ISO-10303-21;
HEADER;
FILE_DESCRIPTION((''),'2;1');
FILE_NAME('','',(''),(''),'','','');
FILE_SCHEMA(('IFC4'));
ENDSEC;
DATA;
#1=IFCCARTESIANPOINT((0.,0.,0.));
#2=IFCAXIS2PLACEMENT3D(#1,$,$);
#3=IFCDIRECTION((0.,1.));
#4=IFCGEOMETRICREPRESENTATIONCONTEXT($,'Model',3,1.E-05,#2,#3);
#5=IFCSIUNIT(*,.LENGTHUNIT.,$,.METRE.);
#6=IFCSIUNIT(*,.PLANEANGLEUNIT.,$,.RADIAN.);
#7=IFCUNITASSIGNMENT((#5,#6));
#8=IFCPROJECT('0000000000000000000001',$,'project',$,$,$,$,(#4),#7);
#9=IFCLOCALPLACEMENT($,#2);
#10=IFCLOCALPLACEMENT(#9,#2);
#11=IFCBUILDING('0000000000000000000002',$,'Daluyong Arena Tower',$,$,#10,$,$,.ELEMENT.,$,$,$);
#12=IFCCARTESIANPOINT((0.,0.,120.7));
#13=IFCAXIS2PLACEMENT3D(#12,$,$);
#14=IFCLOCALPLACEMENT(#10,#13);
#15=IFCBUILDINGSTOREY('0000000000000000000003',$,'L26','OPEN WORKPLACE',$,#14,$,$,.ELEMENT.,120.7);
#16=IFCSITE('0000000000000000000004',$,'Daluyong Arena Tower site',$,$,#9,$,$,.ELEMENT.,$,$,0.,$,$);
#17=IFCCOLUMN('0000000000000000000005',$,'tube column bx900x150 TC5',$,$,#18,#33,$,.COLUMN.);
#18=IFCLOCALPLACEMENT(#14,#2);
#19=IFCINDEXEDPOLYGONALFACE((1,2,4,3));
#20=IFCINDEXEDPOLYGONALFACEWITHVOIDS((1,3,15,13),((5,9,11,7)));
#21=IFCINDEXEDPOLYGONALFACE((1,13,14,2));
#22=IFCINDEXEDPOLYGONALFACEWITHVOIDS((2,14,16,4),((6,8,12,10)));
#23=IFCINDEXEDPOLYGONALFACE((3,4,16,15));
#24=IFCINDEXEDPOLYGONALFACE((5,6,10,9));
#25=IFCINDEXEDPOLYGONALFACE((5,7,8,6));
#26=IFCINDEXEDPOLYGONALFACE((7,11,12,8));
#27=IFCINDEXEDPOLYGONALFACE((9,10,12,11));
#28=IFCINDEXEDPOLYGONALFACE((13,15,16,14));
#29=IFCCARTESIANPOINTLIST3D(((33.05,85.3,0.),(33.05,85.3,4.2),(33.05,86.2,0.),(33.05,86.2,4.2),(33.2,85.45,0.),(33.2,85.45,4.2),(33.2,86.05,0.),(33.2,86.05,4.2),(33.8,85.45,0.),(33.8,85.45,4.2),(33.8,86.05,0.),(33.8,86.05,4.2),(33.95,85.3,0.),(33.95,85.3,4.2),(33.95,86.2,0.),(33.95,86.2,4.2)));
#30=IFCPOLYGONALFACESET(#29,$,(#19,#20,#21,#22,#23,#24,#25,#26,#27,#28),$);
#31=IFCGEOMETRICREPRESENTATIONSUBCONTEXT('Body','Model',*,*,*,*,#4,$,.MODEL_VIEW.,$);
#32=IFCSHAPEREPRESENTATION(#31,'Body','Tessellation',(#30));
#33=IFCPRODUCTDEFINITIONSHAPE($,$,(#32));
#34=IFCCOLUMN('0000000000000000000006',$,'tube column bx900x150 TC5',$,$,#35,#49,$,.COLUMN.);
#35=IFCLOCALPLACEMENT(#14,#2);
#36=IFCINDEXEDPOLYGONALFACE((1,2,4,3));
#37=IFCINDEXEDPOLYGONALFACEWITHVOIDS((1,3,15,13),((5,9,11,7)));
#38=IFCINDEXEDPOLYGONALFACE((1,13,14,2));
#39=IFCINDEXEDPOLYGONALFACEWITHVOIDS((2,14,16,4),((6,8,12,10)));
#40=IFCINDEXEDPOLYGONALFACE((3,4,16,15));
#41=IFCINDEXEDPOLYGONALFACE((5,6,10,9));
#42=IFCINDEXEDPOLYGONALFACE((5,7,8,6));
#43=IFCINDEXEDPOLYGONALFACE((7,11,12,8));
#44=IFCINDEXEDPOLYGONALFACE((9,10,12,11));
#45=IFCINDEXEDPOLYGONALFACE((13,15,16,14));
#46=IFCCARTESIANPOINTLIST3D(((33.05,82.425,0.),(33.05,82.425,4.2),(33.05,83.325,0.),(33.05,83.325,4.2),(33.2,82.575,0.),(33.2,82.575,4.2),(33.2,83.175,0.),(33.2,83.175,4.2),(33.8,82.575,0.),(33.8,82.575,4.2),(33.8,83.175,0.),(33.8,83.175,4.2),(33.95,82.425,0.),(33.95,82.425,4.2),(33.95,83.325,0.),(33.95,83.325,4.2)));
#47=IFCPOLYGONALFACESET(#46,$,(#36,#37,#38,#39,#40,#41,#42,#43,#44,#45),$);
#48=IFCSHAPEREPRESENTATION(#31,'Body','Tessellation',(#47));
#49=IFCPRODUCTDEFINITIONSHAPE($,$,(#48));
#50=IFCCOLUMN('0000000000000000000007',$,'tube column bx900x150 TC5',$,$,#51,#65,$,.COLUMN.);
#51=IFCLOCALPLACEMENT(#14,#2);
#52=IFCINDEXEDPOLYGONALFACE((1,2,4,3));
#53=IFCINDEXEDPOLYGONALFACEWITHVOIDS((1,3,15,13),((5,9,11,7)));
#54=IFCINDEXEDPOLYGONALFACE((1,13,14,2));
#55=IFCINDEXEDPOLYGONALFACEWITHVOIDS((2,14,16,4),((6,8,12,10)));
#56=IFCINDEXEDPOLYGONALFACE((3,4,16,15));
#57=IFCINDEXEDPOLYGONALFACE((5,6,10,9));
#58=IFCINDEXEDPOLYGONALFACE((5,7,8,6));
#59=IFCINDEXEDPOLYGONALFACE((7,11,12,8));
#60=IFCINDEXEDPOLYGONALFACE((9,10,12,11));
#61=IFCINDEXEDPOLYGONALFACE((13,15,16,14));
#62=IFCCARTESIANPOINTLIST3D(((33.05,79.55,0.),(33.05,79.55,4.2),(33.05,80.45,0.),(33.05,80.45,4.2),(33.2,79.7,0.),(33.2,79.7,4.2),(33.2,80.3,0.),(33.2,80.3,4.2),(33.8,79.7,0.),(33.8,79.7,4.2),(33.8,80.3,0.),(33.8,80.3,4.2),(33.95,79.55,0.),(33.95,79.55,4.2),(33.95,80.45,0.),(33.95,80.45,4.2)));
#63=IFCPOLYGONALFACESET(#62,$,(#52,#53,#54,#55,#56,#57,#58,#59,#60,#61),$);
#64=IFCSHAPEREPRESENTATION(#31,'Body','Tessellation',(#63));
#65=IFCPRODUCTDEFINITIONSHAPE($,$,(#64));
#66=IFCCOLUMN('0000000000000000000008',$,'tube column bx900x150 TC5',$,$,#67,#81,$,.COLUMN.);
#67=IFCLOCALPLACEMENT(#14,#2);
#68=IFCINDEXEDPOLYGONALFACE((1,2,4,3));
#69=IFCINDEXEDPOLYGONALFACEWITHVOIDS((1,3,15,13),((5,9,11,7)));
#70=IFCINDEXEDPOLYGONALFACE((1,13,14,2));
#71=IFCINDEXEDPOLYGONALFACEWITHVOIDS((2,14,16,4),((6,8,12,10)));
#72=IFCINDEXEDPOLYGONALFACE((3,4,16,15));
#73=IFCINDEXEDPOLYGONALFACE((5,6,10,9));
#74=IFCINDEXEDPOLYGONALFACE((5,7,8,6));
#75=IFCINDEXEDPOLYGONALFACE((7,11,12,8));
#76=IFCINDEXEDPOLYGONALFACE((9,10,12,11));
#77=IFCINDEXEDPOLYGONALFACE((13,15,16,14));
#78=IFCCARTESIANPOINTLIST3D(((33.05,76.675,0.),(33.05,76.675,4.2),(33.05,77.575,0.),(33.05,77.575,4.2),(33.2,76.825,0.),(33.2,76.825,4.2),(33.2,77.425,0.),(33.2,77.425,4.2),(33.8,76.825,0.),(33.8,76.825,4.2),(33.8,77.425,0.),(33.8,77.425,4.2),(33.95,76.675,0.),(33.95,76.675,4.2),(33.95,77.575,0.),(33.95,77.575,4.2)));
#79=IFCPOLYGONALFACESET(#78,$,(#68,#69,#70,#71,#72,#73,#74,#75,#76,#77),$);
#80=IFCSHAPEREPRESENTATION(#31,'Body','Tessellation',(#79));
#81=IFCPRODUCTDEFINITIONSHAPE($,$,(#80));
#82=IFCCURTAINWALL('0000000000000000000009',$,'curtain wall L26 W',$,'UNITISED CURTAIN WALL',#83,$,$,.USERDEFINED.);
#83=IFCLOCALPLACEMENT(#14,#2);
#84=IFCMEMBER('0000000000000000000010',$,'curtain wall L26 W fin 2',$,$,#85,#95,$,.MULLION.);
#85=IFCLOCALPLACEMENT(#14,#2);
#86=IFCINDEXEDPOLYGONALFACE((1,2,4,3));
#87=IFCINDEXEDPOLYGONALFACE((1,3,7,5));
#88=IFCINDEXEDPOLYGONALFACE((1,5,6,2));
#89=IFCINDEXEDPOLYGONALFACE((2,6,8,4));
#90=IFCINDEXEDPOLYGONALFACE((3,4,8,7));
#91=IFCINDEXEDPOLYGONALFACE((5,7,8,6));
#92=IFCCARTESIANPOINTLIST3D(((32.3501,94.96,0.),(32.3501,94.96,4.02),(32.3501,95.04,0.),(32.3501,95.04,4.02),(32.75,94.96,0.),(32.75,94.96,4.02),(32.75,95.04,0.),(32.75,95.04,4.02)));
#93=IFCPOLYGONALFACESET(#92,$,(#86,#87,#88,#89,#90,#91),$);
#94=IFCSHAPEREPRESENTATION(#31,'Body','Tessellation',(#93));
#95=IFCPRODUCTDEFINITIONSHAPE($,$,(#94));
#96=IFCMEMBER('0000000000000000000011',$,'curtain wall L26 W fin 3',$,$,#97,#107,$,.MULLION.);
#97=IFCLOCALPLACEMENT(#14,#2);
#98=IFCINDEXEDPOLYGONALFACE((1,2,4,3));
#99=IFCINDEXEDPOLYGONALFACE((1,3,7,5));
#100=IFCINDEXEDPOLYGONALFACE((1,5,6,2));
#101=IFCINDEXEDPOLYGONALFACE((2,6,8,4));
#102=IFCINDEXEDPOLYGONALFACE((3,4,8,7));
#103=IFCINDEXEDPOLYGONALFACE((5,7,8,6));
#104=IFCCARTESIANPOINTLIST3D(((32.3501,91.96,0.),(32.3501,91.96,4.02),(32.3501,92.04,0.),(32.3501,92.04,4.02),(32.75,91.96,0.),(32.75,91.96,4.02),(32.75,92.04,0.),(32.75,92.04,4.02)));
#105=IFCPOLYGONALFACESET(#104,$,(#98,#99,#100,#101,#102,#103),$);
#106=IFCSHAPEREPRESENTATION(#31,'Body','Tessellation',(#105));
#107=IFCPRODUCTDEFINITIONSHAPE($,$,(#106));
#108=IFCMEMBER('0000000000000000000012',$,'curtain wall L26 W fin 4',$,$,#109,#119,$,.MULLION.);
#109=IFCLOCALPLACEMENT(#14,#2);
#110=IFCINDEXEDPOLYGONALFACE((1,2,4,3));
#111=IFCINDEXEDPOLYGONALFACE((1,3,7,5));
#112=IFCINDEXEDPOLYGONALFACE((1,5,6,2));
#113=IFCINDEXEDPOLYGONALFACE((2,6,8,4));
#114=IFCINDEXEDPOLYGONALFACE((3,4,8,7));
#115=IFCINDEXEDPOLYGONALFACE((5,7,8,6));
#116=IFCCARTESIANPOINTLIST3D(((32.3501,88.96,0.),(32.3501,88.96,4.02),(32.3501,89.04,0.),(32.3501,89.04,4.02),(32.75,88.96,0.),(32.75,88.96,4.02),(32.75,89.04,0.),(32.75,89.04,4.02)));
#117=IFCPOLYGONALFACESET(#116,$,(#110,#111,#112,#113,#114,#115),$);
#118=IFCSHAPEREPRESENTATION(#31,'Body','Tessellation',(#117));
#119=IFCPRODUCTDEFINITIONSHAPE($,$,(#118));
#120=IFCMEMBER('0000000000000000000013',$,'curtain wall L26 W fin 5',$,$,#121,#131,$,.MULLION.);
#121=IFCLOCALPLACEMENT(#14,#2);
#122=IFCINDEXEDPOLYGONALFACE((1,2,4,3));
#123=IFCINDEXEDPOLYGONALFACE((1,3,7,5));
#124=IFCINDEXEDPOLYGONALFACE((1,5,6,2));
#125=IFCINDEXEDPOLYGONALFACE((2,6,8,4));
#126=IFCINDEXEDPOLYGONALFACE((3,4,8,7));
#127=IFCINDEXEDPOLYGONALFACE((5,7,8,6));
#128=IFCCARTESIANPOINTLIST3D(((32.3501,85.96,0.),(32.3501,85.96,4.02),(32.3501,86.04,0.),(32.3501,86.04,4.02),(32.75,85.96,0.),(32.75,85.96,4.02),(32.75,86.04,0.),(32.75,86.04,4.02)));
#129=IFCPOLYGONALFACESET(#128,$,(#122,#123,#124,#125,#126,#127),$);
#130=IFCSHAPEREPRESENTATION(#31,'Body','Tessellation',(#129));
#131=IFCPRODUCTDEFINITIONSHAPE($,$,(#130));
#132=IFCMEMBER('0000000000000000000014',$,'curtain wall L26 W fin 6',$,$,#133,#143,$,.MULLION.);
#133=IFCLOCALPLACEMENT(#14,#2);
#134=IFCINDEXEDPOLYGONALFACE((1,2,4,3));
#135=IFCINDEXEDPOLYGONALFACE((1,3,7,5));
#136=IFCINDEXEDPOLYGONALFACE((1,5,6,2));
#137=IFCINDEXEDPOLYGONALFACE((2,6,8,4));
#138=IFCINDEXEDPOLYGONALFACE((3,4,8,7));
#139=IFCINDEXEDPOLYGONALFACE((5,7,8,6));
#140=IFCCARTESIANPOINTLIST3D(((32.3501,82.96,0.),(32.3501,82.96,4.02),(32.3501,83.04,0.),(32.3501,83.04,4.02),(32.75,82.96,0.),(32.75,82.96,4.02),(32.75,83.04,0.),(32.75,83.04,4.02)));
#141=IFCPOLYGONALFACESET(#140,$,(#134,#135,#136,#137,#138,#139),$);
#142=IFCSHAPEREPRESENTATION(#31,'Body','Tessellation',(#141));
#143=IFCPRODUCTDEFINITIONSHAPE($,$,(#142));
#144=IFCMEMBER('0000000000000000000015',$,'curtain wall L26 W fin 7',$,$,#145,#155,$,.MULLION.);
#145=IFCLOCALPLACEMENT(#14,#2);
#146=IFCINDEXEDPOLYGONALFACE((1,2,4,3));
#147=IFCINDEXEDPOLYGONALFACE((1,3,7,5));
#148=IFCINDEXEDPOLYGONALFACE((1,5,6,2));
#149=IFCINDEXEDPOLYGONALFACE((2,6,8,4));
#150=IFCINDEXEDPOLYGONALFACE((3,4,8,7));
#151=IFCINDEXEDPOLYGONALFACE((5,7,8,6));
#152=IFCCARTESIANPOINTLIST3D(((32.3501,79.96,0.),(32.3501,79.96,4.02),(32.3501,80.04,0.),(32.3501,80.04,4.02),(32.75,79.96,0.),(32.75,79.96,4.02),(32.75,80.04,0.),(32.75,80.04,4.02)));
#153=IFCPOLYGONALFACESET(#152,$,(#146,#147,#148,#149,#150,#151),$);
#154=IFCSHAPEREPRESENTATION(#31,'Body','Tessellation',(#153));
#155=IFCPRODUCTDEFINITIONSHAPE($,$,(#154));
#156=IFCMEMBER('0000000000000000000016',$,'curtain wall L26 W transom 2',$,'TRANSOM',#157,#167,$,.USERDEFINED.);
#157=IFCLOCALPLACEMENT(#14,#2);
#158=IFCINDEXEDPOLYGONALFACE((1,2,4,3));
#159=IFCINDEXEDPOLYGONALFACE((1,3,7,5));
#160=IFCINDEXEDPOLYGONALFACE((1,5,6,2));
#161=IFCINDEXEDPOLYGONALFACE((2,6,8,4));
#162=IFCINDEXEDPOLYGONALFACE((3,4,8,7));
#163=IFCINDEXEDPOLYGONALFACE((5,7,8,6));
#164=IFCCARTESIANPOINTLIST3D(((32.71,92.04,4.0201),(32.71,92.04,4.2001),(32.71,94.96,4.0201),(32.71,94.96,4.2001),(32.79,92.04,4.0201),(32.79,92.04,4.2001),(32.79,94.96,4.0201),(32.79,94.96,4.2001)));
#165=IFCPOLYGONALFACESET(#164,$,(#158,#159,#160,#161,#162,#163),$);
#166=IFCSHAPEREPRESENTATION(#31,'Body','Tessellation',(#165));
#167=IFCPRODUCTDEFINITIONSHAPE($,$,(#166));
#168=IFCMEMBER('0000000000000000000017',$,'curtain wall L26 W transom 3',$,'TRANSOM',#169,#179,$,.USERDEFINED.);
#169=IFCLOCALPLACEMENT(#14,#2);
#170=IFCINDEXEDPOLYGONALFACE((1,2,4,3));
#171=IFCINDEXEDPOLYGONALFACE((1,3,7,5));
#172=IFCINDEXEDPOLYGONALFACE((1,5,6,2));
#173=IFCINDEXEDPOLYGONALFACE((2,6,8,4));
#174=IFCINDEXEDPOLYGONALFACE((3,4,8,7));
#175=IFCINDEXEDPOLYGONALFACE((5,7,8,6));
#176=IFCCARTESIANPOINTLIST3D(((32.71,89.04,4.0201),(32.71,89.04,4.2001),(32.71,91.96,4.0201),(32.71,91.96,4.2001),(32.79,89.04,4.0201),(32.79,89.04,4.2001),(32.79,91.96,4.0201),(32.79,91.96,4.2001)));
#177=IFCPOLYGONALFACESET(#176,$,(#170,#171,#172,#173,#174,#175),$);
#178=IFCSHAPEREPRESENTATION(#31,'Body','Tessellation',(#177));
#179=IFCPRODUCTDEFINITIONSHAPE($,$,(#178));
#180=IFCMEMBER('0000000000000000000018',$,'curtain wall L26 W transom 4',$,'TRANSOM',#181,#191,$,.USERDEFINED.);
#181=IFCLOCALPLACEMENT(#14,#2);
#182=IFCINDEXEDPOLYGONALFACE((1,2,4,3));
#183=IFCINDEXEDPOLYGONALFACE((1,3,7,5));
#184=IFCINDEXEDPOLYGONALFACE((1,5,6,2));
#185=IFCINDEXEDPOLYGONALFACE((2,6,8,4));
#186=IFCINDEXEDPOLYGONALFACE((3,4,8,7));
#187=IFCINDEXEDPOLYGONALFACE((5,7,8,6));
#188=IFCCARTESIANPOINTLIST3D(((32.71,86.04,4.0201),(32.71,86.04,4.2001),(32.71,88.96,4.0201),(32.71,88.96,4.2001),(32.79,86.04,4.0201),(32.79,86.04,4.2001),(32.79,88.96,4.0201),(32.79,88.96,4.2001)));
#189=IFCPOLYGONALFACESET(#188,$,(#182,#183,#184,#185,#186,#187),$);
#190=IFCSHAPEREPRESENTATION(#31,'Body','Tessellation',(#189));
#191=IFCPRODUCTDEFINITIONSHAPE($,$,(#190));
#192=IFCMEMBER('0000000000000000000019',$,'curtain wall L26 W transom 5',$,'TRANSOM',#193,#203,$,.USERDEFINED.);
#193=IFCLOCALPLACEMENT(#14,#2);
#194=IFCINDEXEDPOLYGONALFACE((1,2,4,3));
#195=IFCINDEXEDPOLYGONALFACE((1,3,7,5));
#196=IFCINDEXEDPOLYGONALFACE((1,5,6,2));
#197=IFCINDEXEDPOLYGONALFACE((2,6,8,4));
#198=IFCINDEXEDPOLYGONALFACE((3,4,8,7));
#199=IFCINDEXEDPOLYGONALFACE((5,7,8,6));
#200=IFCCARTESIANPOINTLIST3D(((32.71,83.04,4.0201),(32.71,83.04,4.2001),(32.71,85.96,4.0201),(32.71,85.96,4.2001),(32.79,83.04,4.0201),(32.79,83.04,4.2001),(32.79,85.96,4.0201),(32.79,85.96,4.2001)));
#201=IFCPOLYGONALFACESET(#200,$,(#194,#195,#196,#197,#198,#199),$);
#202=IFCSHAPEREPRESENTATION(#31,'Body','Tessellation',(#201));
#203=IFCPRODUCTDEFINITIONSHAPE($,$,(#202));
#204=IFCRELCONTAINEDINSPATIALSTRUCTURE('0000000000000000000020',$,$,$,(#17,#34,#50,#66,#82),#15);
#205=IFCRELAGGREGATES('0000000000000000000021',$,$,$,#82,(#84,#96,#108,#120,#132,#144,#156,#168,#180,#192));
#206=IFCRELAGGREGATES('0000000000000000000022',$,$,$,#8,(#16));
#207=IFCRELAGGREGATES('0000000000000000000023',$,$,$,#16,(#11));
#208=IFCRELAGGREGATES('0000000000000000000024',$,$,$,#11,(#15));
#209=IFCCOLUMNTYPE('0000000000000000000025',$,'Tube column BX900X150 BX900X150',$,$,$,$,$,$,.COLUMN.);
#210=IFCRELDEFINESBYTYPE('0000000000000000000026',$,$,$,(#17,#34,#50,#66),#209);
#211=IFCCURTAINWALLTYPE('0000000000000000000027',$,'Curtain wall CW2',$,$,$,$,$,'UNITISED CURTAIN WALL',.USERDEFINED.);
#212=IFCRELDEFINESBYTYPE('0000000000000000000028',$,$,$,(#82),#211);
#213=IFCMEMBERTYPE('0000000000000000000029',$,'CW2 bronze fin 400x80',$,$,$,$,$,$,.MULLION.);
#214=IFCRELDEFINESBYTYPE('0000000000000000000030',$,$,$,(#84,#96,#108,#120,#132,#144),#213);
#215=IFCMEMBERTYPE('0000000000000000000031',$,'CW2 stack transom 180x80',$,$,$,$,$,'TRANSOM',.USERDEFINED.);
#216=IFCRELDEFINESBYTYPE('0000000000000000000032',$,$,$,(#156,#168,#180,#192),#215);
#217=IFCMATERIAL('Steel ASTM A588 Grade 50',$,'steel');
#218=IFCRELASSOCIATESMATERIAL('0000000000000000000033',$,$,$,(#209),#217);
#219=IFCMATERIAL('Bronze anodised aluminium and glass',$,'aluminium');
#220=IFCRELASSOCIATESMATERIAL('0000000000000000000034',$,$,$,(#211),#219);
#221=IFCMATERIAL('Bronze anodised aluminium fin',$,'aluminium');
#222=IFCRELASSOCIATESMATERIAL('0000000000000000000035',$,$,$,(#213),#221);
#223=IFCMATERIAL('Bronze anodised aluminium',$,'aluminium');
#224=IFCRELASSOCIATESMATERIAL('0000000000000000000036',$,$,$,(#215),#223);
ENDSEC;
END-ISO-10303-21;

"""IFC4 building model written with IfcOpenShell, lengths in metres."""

from ifc_helpers import new_model, si_unit, direction, frame, origin, origin_2d, place, context, subcontext, project, spatial, rectangle, hollow_rectangle, extrude, material, material_profile, profile_set, type_object, element, aggregate, save


model = new_model("IFC4")

# Units and contexts
model_context = context("Model", 3, precision=1e-05, world=origin(), true_north=direction((0.0, 1.0)))
body_context = subcontext(model_context, "Body", "Model", "MODEL_VIEW")
ifc_project = project(units=[si_unit("LENGTHUNIT", "METRE"), si_unit("PLANEANGLEUNIT", "RADIAN")], contexts=[model_context])

# Site, building, storey
site_placement = place(None, origin())
site = spatial("IfcSite", under=ifc_project, at=site_placement, Name="Daluyong Arena Tower site", CompositionType="ELEMENT", RefElevation=0.0)
building_placement = place(site_placement, origin())
building = spatial("IfcBuilding", under=site, at=building_placement, Name="Daluyong Arena Tower", CompositionType="ELEMENT")
storey_placement = place(building_placement, frame((0.0, 0.0, 120.7)))
storey = spatial("IfcBuildingStorey", under=building, at=storey_placement, Name="L26", Description="OPEN WORKPLACE", CompositionType="ELEMENT", Elevation=120.7)

# Columns
ifc_material_1 = material(Name="Steel ASTM A588 Grade 50", Category="steel")
ifc_material_profile_1 = material_profile(ifc_material_1, hollow_rectangle(XDim=0.8999, YDim=0.8999, WallThickness=0.15, at=origin_2d()))
ifc_profile_set_1 = profile_set([ifc_material_profile_1], Name="Steel ASTM A588 Grade 50")
column_type = type_object("IfcColumnType", Name="Tube column BX900X150 BX900X150", PredefinedType="COLUMN", material=ifc_profile_set_1)
for number, where, z_axis, x_axis, name in (
    (1, (33.5, 85.75, 0.0), (0.0, 0.0, 1.0), (0.0, 1.0, 0.0), "tube column bx900x150 TC5"),
    (2, (33.5, 82.875, 0.0), (0.0, 0.0, 1.0), (0.0, 1.0, 0.0), "tube column bx900x150 TC5"),
    (3, (33.5, 80.0, 0.0), (0.0, 0.0, 1.0), (0.0, 1.0, 0.0), "tube column bx900x150 TC5"),
    (4, (33.5, 77.125, 0.0), (0.0, 0.0, 1.0), (0.0, 1.0, 0.0), "tube column bx900x150 TC5"),
):
    element("IfcColumn", number, at=place(storey_placement, frame(where, z_axis=z_axis, x_axis=x_axis)), inside=storey, type_object=column_type, Name=name, PredefinedType="COLUMN", context=body_context, shape_type="SweptSolid", body=[
        extrude(hollow_rectangle(XDim=0.8999, YDim=0.8999, WallThickness=0.15, at=origin_2d()), origin(), (0.0, 0.0, 1.0), 4.2),
    ])

# Curtain wall, members
ifc_material_2 = material(Name="Bronze anodised aluminium and glass", Category="aluminium")
curtain_wall_type = type_object("IfcCurtainWallType", Name="Curtain wall CW2", ElementType="UNITISED CURTAIN WALL", PredefinedType="USERDEFINED", material=ifc_material_2)
curtain_wall_placement = place(storey_placement, origin())
curtain_wall = element("IfcCurtainWall", 5, at=curtain_wall_placement, inside=storey, type_object=curtain_wall_type, Name="curtain wall L26 W", ObjectType="UNITISED CURTAIN WALL", PredefinedType="USERDEFINED")
ifc_material_3 = material(Name="Bronze anodised aluminium fin", Category="aluminium")
ifc_material_profile_2 = material_profile(ifc_material_3, rectangle(XDim=0.3999, YDim=0.0801, at=origin_2d()))
ifc_profile_set_2 = profile_set([ifc_material_profile_2], Name="Bronze anodised aluminium fin")
member_type_1 = type_object("IfcMemberType", Name="CW2 bronze fin 400x80", PredefinedType="MULLION", material=ifc_profile_set_2)
member_1_placement = place(storey_placement, frame((32.55, 95.0, 0.0), z_axis=(0.0, 0.0, 1.0), x_axis=(1.0, 0.0, 0.0)))
member_1 = element("IfcMember", 6, at=member_1_placement, type_object=member_type_1, Name="curtain wall L26 W fin 2", PredefinedType="MULLION", context=body_context, shape_type="SweptSolid", body=[
    extrude(rectangle(XDim=0.3999, YDim=0.0801, at=origin_2d()), origin(), (0.0, 0.0, 1.0), 4.02),
])
member_2_placement = place(storey_placement, frame((32.55, 92.0, 0.0), z_axis=(0.0, 0.0, 1.0), x_axis=(1.0, 0.0, 0.0)))
member_2 = element("IfcMember", 7, at=member_2_placement, type_object=member_type_1, Name="curtain wall L26 W fin 3", PredefinedType="MULLION", context=body_context, shape_type="SweptSolid", body=[
    extrude(rectangle(XDim=0.3999, YDim=0.0801, at=origin_2d()), origin(), (0.0, 0.0, 1.0), 4.02),
])
member_3_placement = place(storey_placement, frame((32.55, 89.0, 0.0), z_axis=(0.0, 0.0, 1.0), x_axis=(1.0, 0.0, 0.0)))
member_3 = element("IfcMember", 8, at=member_3_placement, type_object=member_type_1, Name="curtain wall L26 W fin 4", PredefinedType="MULLION", context=body_context, shape_type="SweptSolid", body=[
    extrude(rectangle(XDim=0.3999, YDim=0.0801, at=origin_2d()), origin(), (0.0, 0.0, 1.0), 4.02),
])
member_4_placement = place(storey_placement, frame((32.55, 86.0, 0.0), z_axis=(0.0, 0.0, 1.0), x_axis=(1.0, 0.0, 0.0)))
member_4 = element("IfcMember", 9, at=member_4_placement, type_object=member_type_1, Name="curtain wall L26 W fin 5", PredefinedType="MULLION", context=body_context, shape_type="SweptSolid", body=[
    extrude(rectangle(XDim=0.3999, YDim=0.0801, at=origin_2d()), origin(), (0.0, 0.0, 1.0), 4.02),
])
member_5_placement = place(storey_placement, frame((32.55, 83.0, 0.0), z_axis=(0.0, 0.0, 1.0), x_axis=(1.0, 0.0, 0.0)))
member_5 = element("IfcMember", 10, at=member_5_placement, type_object=member_type_1, Name="curtain wall L26 W fin 6", PredefinedType="MULLION", context=body_context, shape_type="SweptSolid", body=[
    extrude(rectangle(XDim=0.3999, YDim=0.0801, at=origin_2d()), origin(), (0.0, 0.0, 1.0), 4.02),
])
member_6_placement = place(storey_placement, frame((32.55, 80.0, 0.0), z_axis=(0.0, 0.0, 1.0), x_axis=(1.0, 0.0, 0.0)))
member_6 = element("IfcMember", 11, at=member_6_placement, type_object=member_type_1, Name="curtain wall L26 W fin 7", PredefinedType="MULLION", context=body_context, shape_type="SweptSolid", body=[
    extrude(rectangle(XDim=0.3999, YDim=0.0801, at=origin_2d()), origin(), (0.0, 0.0, 1.0), 4.02),
])
ifc_material_4 = material(Name="Bronze anodised aluminium", Category="aluminium")
ifc_material_profile_3 = material_profile(ifc_material_4, rectangle(XDim=0.0801, YDim=0.1799, at=origin_2d()))
ifc_profile_set_3 = profile_set([ifc_material_profile_3], Name="Bronze anodised aluminium")
member_type_2 = type_object("IfcMemberType", Name="CW2 stack transom 180x80", ElementType="TRANSOM", PredefinedType="USERDEFINED", material=ifc_profile_set_3)
member_7_placement = place(storey_placement, frame((32.75, 94.96, 4.1101), z_axis=(0.0, -1.0, 0.0), x_axis=(1.0, 0.0, 0.0)))
member_7 = element("IfcMember", 12, at=member_7_placement, type_object=member_type_2, Name="curtain wall L26 W transom 2", ObjectType="TRANSOM", PredefinedType="USERDEFINED", context=body_context, shape_type="SweptSolid", body=[
    extrude(rectangle(XDim=0.0801, YDim=0.1799, at=origin_2d()), origin(), (0.0, 0.0, 1.0), 2.9199),
])
member_8_placement = place(storey_placement, frame((32.75, 91.96, 4.1101), z_axis=(0.0, -1.0, 0.0), x_axis=(1.0, 0.0, 0.0)))
member_8 = element("IfcMember", 13, at=member_8_placement, type_object=member_type_2, Name="curtain wall L26 W transom 3", ObjectType="TRANSOM", PredefinedType="USERDEFINED", context=body_context, shape_type="SweptSolid", body=[
    extrude(rectangle(XDim=0.0801, YDim=0.1799, at=origin_2d()), origin(), (0.0, 0.0, 1.0), 2.9199),
])
member_9_placement = place(storey_placement, frame((32.75, 88.96, 4.1101), z_axis=(0.0, -1.0, 0.0), x_axis=(1.0, 0.0, 0.0)))
member_9 = element("IfcMember", 14, at=member_9_placement, type_object=member_type_2, Name="curtain wall L26 W transom 4", ObjectType="TRANSOM", PredefinedType="USERDEFINED", context=body_context, shape_type="SweptSolid", body=[
    extrude(rectangle(XDim=0.0801, YDim=0.1799, at=origin_2d()), origin(), (0.0, 0.0, 1.0), 2.9199),
])
member_10_placement = place(storey_placement, frame((32.75, 85.96, 4.1101), z_axis=(0.0, -1.0, 0.0), x_axis=(1.0, 0.0, 0.0)))
member_10 = element("IfcMember", 15, at=member_10_placement, type_object=member_type_2, Name="curtain wall L26 W transom 5", ObjectType="TRANSOM", PredefinedType="USERDEFINED", context=body_context, shape_type="SweptSolid", body=[
    extrude(rectangle(XDim=0.0801, YDim=0.1799, at=origin_2d()), origin(), (0.0, 0.0, 1.0), 2.9199),
])

aggregate(curtain_wall, [member_1, member_2, member_3, member_4, member_5, member_6, member_7, member_8, member_9, member_10])

save(model, "model.ifc")
